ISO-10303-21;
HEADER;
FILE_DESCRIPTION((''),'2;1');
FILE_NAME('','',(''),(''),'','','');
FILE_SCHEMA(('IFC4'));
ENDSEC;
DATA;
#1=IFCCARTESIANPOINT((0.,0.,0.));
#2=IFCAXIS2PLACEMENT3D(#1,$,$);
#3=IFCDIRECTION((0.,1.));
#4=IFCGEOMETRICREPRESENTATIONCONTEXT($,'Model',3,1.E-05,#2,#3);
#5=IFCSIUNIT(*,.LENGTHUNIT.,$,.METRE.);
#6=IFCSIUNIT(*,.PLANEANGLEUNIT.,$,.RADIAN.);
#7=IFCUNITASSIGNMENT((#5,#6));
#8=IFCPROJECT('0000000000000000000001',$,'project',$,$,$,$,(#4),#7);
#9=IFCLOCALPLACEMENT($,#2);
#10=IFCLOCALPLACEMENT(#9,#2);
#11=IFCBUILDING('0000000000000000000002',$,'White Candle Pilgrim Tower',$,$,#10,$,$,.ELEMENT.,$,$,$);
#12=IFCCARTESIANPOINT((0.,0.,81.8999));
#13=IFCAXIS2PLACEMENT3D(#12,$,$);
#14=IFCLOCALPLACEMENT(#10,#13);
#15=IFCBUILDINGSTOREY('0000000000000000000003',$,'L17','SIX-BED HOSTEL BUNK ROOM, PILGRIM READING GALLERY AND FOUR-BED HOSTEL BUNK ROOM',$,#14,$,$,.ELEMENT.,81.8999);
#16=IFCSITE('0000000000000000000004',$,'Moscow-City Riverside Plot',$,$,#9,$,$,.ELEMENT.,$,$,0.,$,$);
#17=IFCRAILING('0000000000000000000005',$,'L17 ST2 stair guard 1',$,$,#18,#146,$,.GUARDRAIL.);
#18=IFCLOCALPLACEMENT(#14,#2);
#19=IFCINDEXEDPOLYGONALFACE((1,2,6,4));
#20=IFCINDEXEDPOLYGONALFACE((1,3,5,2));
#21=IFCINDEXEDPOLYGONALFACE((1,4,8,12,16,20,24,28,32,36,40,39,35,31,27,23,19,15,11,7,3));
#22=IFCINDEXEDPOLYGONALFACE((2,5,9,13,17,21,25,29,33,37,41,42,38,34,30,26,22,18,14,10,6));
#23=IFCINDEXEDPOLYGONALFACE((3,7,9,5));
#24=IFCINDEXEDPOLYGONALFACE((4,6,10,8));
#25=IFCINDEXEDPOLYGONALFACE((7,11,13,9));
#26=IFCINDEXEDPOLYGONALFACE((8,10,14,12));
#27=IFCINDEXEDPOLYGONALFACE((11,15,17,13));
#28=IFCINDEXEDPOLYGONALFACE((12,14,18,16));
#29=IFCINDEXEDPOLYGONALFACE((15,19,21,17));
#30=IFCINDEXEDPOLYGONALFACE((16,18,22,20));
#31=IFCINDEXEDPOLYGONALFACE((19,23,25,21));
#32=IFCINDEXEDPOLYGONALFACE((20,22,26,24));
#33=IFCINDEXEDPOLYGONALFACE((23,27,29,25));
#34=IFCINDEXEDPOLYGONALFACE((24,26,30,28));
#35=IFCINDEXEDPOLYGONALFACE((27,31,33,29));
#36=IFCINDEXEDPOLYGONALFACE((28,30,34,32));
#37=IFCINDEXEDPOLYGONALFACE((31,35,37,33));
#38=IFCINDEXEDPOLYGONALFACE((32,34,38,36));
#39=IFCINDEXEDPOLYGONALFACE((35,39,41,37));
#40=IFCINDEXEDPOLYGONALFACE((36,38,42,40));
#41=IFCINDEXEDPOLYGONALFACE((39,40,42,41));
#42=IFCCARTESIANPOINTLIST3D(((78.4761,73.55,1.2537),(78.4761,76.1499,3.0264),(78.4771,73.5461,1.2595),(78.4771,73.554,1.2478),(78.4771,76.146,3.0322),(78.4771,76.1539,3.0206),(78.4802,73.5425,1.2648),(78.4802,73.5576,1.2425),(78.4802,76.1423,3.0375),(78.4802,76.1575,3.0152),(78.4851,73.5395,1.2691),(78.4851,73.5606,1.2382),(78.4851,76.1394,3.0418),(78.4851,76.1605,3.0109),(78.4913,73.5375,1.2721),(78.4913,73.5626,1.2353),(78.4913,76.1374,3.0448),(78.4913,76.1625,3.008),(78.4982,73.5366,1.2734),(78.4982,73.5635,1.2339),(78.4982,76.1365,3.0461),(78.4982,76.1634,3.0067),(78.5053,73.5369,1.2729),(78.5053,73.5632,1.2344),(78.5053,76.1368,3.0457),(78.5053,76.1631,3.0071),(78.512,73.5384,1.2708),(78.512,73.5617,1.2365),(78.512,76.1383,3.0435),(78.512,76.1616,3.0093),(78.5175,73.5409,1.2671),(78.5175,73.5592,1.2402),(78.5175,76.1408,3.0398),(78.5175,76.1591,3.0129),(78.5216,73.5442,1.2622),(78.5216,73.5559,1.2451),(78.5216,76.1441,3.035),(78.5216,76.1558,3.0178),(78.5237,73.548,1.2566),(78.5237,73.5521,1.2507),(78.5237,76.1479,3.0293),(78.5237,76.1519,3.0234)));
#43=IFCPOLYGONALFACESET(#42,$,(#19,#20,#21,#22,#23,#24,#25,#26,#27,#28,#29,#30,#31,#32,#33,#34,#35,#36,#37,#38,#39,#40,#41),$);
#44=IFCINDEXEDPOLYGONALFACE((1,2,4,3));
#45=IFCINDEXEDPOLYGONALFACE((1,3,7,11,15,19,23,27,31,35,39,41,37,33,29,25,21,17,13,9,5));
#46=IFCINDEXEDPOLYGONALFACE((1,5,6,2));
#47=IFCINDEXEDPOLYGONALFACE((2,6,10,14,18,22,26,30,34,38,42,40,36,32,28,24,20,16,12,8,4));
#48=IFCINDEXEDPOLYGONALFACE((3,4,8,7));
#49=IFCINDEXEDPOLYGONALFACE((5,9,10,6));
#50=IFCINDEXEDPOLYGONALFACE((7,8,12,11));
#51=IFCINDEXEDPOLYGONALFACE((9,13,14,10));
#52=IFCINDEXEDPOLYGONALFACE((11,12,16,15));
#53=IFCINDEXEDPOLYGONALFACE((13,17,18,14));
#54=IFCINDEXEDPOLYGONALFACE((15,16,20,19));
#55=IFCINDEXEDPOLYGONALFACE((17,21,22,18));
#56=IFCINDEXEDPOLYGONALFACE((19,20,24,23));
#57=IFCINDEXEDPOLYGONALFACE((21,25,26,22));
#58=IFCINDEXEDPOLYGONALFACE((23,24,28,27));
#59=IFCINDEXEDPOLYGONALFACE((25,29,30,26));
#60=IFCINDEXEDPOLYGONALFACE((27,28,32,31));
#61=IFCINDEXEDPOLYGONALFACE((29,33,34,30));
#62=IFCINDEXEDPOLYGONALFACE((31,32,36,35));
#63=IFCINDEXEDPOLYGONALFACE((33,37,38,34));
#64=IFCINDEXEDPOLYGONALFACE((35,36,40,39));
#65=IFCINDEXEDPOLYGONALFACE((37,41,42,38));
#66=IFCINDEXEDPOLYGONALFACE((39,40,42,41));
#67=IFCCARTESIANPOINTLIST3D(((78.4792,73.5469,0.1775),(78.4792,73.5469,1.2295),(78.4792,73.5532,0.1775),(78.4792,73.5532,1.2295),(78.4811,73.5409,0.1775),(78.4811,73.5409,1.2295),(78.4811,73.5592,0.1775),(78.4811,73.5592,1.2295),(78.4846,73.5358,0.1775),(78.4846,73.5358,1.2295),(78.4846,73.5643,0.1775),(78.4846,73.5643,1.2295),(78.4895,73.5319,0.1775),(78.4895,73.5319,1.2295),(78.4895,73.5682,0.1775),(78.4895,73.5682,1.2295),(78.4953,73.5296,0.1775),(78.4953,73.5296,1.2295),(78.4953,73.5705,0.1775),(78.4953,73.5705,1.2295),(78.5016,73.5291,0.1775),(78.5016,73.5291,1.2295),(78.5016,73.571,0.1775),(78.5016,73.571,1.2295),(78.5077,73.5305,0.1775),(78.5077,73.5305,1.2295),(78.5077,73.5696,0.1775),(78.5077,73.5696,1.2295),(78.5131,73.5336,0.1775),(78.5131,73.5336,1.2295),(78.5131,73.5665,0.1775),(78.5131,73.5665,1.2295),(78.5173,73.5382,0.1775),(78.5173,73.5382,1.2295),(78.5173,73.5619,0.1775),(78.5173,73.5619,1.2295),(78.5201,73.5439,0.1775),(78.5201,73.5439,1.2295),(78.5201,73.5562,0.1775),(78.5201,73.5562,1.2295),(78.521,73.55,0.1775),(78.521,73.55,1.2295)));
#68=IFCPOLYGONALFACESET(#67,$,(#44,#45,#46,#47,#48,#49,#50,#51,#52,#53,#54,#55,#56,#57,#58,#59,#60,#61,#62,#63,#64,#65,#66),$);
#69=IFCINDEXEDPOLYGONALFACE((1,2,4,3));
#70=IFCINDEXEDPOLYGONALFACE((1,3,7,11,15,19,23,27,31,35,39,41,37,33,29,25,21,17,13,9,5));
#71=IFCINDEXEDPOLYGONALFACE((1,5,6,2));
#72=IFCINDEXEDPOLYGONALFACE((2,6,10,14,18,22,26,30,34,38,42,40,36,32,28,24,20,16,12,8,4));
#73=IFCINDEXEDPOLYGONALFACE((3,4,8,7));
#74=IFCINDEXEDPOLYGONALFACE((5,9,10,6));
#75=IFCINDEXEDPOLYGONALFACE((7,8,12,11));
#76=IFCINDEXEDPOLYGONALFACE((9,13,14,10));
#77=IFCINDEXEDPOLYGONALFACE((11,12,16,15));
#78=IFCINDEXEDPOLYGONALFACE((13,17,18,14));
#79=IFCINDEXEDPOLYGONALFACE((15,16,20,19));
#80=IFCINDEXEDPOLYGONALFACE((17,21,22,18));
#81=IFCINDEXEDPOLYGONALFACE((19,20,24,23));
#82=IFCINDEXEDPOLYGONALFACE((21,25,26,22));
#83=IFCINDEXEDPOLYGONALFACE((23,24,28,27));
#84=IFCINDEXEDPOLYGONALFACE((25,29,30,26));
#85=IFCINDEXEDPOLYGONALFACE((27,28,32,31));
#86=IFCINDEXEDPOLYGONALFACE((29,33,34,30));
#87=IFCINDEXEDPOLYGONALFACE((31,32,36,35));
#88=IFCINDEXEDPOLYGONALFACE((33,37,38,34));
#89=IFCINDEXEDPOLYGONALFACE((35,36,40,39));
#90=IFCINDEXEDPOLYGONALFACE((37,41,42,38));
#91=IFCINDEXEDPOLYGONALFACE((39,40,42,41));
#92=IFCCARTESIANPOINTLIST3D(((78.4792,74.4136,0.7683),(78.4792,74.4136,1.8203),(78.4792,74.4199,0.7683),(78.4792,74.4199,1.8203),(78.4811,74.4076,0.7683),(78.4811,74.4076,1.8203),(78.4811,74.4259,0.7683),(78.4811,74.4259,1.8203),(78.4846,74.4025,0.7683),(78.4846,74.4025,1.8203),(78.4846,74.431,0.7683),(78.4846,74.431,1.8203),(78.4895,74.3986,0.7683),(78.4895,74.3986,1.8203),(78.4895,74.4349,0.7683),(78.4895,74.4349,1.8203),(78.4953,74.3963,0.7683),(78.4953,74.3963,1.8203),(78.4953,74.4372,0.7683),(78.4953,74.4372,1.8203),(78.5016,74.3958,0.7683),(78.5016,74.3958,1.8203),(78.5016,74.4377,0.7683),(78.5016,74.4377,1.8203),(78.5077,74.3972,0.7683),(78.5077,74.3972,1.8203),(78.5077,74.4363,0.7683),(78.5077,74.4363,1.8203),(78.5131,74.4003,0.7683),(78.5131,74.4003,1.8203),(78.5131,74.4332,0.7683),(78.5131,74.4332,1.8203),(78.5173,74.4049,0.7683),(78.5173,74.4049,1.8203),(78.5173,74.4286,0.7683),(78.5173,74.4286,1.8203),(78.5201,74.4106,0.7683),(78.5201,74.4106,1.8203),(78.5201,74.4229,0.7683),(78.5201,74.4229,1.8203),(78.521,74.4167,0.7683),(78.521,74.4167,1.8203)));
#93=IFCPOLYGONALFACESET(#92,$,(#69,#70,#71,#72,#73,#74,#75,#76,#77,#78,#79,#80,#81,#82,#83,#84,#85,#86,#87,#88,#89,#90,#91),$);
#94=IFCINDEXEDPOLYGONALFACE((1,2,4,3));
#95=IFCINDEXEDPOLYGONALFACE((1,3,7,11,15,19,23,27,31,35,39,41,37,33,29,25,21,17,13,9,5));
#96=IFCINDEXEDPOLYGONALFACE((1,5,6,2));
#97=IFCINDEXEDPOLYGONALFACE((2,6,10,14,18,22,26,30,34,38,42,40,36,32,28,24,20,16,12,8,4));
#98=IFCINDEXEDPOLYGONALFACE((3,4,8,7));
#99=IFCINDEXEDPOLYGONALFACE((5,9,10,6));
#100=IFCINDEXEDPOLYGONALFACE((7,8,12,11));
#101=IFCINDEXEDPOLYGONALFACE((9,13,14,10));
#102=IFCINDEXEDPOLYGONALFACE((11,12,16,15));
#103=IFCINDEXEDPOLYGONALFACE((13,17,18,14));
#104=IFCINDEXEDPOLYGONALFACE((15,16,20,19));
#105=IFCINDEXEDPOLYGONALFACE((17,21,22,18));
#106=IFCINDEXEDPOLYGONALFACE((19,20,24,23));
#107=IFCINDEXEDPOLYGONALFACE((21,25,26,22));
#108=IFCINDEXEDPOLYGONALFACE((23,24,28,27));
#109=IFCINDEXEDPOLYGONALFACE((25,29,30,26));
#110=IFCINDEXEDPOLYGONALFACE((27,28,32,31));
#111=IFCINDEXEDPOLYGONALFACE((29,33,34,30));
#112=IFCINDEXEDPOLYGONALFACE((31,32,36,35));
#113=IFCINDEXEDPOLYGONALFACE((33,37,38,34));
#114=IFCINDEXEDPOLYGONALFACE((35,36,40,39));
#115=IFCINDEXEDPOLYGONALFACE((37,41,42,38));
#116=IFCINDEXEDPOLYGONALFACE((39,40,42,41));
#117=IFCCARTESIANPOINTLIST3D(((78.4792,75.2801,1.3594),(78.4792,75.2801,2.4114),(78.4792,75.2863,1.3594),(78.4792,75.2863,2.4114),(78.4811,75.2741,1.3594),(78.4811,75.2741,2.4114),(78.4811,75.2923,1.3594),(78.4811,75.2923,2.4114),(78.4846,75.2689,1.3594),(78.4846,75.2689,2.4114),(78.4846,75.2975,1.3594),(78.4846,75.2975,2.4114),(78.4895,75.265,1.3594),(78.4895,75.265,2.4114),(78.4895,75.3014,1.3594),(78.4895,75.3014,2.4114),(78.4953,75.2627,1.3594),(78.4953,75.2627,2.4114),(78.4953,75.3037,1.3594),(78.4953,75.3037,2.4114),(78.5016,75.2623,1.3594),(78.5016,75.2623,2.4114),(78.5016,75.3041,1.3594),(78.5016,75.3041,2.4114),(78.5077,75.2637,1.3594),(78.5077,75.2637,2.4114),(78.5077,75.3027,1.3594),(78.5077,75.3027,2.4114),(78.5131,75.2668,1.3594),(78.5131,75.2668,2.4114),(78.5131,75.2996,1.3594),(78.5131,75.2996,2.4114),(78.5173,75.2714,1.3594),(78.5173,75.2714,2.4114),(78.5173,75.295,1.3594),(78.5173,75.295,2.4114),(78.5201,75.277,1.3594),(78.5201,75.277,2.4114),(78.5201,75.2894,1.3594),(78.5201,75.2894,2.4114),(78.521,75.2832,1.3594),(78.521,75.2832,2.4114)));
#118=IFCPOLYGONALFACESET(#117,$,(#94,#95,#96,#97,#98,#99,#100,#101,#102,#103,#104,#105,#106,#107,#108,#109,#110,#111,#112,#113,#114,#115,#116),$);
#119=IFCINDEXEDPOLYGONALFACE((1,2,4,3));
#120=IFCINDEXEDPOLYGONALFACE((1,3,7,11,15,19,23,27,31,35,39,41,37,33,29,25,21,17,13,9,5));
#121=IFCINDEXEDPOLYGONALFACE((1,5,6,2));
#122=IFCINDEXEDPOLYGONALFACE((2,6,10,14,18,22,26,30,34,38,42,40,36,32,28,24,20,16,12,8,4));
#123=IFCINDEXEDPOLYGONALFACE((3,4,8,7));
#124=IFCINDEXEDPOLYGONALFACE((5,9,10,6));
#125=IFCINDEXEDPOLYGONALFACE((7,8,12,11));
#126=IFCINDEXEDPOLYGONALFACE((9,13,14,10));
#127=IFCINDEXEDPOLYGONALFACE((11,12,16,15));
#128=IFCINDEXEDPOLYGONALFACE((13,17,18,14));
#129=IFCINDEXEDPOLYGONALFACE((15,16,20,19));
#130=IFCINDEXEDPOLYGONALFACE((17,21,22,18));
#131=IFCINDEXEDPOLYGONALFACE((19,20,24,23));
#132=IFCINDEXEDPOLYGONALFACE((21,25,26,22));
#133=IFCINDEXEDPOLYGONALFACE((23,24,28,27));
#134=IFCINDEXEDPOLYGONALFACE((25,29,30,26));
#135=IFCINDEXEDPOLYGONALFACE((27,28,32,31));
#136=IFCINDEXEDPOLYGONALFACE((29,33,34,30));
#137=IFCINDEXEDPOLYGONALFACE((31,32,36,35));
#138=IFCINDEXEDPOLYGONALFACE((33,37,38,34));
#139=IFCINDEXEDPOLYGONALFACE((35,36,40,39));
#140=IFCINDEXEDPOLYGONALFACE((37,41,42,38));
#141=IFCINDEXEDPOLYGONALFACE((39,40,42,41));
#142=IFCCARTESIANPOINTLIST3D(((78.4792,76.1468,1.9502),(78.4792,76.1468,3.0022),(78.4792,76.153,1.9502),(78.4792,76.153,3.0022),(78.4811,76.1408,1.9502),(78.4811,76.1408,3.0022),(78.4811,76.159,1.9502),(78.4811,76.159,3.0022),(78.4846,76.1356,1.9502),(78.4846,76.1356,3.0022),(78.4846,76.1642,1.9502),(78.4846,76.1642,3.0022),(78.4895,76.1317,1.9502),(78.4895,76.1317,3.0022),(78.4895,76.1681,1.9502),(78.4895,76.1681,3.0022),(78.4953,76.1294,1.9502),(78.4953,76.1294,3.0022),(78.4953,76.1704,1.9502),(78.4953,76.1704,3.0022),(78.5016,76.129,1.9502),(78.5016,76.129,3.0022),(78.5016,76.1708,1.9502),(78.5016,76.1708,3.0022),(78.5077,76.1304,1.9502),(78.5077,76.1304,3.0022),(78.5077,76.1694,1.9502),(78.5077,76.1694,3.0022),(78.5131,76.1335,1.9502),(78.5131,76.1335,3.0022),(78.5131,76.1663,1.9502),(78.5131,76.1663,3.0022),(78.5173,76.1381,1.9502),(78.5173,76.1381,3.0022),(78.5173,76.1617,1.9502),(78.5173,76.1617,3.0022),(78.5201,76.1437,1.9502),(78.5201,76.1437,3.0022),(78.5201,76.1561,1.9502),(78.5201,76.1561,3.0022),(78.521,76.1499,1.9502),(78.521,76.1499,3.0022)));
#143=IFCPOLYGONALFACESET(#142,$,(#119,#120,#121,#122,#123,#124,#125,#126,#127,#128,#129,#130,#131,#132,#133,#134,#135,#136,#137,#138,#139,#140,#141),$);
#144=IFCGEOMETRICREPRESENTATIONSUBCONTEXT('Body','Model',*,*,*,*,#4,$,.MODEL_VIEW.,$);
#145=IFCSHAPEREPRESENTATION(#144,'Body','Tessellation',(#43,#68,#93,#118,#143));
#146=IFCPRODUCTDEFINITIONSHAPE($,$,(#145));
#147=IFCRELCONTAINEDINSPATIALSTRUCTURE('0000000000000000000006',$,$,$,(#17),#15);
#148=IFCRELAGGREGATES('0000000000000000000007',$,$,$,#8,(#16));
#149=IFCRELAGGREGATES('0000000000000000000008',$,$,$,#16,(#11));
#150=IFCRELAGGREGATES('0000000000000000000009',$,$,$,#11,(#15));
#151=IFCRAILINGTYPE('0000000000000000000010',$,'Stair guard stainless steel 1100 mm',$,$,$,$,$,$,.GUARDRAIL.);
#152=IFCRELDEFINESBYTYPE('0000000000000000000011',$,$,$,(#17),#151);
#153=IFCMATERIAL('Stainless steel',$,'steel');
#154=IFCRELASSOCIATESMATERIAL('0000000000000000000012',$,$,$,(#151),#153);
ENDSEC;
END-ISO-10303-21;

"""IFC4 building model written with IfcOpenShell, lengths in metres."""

from ifc_helpers import new_model, si_unit, direction, frame, origin, origin_2d, place, context, subcontext, project, spatial, circle, extrude, material, type_object, element, save


model = new_model("IFC4")

# Units and contexts
model_context = context("Model", 3, precision=1e-05, world=origin(), true_north=direction((0.0, 1.0)))
body_context = subcontext(model_context, "Body", "Model", "MODEL_VIEW")
ifc_project = project(units=[si_unit("LENGTHUNIT", "METRE"), si_unit("PLANEANGLEUNIT", "RADIAN")], contexts=[model_context])

# Site, building, storey
site_placement = place(None, origin())
site = spatial("IfcSite", under=ifc_project, at=site_placement, Name="Moscow-City Riverside Plot", CompositionType="ELEMENT", RefElevation=0.0)
building_placement = place(site_placement, origin())
building = spatial("IfcBuilding", under=site, at=building_placement, Name="White Candle Pilgrim Tower", CompositionType="ELEMENT")
storey_placement = place(building_placement, frame((0.0, 0.0, 81.8999)))
storey = spatial("IfcBuildingStorey", under=building, at=storey_placement, Name="L17", Description="SIX-BED HOSTEL BUNK ROOM, PILGRIM READING GALLERY AND FOUR-BED HOSTEL BUNK ROOM", CompositionType="ELEMENT", Elevation=81.8999)

# Railing
ifc_material_1 = material(Name="Stainless steel", Category="steel")
railing_type_1 = type_object("IfcRailingType", Name="Stair guard stainless steel 1100 mm", PredefinedType="GUARDRAIL", material=ifc_material_1)
railing_1_placement = place(storey_placement, frame((78.5, 73.55, 0.1775)))
element("IfcRailing", 1, at=railing_1_placement, inside=storey, type_object=railing_type_1, Name="L17 ST2 stair guard 1", PredefinedType="GUARDRAIL", context=body_context, shape_type="SweptSolid", body=[
    extrude(circle(Radius=0.0239, at=origin_2d()), frame((0.0, 0.0, 1.0762), z_axis=(0.0, 0.826216, 0.563354), x_axis=(-1.0, 0.0, 0.0)), (0.0, 0.0, 1.0), 3.1467),
    extrude(circle(Radius=0.021, at=origin_2d()), origin(), (0.0, 0.0, 1.0), 1.052),
    extrude(circle(Radius=0.021, at=origin_2d()), frame((0.0, 0.8667, 0.5908)), (0.0, 0.0, 1.0), 1.052),
    extrude(circle(Radius=0.021, at=origin_2d()), frame((0.0, 1.7332, 1.1819)), (0.0, 0.0, 1.0), 1.052),
    extrude(circle(Radius=0.021, at=origin_2d()), frame((0.0, 2.5999, 1.7727)), (0.0, 0.0, 1.0), 1.052),
])

save(model, "model.ifc")
